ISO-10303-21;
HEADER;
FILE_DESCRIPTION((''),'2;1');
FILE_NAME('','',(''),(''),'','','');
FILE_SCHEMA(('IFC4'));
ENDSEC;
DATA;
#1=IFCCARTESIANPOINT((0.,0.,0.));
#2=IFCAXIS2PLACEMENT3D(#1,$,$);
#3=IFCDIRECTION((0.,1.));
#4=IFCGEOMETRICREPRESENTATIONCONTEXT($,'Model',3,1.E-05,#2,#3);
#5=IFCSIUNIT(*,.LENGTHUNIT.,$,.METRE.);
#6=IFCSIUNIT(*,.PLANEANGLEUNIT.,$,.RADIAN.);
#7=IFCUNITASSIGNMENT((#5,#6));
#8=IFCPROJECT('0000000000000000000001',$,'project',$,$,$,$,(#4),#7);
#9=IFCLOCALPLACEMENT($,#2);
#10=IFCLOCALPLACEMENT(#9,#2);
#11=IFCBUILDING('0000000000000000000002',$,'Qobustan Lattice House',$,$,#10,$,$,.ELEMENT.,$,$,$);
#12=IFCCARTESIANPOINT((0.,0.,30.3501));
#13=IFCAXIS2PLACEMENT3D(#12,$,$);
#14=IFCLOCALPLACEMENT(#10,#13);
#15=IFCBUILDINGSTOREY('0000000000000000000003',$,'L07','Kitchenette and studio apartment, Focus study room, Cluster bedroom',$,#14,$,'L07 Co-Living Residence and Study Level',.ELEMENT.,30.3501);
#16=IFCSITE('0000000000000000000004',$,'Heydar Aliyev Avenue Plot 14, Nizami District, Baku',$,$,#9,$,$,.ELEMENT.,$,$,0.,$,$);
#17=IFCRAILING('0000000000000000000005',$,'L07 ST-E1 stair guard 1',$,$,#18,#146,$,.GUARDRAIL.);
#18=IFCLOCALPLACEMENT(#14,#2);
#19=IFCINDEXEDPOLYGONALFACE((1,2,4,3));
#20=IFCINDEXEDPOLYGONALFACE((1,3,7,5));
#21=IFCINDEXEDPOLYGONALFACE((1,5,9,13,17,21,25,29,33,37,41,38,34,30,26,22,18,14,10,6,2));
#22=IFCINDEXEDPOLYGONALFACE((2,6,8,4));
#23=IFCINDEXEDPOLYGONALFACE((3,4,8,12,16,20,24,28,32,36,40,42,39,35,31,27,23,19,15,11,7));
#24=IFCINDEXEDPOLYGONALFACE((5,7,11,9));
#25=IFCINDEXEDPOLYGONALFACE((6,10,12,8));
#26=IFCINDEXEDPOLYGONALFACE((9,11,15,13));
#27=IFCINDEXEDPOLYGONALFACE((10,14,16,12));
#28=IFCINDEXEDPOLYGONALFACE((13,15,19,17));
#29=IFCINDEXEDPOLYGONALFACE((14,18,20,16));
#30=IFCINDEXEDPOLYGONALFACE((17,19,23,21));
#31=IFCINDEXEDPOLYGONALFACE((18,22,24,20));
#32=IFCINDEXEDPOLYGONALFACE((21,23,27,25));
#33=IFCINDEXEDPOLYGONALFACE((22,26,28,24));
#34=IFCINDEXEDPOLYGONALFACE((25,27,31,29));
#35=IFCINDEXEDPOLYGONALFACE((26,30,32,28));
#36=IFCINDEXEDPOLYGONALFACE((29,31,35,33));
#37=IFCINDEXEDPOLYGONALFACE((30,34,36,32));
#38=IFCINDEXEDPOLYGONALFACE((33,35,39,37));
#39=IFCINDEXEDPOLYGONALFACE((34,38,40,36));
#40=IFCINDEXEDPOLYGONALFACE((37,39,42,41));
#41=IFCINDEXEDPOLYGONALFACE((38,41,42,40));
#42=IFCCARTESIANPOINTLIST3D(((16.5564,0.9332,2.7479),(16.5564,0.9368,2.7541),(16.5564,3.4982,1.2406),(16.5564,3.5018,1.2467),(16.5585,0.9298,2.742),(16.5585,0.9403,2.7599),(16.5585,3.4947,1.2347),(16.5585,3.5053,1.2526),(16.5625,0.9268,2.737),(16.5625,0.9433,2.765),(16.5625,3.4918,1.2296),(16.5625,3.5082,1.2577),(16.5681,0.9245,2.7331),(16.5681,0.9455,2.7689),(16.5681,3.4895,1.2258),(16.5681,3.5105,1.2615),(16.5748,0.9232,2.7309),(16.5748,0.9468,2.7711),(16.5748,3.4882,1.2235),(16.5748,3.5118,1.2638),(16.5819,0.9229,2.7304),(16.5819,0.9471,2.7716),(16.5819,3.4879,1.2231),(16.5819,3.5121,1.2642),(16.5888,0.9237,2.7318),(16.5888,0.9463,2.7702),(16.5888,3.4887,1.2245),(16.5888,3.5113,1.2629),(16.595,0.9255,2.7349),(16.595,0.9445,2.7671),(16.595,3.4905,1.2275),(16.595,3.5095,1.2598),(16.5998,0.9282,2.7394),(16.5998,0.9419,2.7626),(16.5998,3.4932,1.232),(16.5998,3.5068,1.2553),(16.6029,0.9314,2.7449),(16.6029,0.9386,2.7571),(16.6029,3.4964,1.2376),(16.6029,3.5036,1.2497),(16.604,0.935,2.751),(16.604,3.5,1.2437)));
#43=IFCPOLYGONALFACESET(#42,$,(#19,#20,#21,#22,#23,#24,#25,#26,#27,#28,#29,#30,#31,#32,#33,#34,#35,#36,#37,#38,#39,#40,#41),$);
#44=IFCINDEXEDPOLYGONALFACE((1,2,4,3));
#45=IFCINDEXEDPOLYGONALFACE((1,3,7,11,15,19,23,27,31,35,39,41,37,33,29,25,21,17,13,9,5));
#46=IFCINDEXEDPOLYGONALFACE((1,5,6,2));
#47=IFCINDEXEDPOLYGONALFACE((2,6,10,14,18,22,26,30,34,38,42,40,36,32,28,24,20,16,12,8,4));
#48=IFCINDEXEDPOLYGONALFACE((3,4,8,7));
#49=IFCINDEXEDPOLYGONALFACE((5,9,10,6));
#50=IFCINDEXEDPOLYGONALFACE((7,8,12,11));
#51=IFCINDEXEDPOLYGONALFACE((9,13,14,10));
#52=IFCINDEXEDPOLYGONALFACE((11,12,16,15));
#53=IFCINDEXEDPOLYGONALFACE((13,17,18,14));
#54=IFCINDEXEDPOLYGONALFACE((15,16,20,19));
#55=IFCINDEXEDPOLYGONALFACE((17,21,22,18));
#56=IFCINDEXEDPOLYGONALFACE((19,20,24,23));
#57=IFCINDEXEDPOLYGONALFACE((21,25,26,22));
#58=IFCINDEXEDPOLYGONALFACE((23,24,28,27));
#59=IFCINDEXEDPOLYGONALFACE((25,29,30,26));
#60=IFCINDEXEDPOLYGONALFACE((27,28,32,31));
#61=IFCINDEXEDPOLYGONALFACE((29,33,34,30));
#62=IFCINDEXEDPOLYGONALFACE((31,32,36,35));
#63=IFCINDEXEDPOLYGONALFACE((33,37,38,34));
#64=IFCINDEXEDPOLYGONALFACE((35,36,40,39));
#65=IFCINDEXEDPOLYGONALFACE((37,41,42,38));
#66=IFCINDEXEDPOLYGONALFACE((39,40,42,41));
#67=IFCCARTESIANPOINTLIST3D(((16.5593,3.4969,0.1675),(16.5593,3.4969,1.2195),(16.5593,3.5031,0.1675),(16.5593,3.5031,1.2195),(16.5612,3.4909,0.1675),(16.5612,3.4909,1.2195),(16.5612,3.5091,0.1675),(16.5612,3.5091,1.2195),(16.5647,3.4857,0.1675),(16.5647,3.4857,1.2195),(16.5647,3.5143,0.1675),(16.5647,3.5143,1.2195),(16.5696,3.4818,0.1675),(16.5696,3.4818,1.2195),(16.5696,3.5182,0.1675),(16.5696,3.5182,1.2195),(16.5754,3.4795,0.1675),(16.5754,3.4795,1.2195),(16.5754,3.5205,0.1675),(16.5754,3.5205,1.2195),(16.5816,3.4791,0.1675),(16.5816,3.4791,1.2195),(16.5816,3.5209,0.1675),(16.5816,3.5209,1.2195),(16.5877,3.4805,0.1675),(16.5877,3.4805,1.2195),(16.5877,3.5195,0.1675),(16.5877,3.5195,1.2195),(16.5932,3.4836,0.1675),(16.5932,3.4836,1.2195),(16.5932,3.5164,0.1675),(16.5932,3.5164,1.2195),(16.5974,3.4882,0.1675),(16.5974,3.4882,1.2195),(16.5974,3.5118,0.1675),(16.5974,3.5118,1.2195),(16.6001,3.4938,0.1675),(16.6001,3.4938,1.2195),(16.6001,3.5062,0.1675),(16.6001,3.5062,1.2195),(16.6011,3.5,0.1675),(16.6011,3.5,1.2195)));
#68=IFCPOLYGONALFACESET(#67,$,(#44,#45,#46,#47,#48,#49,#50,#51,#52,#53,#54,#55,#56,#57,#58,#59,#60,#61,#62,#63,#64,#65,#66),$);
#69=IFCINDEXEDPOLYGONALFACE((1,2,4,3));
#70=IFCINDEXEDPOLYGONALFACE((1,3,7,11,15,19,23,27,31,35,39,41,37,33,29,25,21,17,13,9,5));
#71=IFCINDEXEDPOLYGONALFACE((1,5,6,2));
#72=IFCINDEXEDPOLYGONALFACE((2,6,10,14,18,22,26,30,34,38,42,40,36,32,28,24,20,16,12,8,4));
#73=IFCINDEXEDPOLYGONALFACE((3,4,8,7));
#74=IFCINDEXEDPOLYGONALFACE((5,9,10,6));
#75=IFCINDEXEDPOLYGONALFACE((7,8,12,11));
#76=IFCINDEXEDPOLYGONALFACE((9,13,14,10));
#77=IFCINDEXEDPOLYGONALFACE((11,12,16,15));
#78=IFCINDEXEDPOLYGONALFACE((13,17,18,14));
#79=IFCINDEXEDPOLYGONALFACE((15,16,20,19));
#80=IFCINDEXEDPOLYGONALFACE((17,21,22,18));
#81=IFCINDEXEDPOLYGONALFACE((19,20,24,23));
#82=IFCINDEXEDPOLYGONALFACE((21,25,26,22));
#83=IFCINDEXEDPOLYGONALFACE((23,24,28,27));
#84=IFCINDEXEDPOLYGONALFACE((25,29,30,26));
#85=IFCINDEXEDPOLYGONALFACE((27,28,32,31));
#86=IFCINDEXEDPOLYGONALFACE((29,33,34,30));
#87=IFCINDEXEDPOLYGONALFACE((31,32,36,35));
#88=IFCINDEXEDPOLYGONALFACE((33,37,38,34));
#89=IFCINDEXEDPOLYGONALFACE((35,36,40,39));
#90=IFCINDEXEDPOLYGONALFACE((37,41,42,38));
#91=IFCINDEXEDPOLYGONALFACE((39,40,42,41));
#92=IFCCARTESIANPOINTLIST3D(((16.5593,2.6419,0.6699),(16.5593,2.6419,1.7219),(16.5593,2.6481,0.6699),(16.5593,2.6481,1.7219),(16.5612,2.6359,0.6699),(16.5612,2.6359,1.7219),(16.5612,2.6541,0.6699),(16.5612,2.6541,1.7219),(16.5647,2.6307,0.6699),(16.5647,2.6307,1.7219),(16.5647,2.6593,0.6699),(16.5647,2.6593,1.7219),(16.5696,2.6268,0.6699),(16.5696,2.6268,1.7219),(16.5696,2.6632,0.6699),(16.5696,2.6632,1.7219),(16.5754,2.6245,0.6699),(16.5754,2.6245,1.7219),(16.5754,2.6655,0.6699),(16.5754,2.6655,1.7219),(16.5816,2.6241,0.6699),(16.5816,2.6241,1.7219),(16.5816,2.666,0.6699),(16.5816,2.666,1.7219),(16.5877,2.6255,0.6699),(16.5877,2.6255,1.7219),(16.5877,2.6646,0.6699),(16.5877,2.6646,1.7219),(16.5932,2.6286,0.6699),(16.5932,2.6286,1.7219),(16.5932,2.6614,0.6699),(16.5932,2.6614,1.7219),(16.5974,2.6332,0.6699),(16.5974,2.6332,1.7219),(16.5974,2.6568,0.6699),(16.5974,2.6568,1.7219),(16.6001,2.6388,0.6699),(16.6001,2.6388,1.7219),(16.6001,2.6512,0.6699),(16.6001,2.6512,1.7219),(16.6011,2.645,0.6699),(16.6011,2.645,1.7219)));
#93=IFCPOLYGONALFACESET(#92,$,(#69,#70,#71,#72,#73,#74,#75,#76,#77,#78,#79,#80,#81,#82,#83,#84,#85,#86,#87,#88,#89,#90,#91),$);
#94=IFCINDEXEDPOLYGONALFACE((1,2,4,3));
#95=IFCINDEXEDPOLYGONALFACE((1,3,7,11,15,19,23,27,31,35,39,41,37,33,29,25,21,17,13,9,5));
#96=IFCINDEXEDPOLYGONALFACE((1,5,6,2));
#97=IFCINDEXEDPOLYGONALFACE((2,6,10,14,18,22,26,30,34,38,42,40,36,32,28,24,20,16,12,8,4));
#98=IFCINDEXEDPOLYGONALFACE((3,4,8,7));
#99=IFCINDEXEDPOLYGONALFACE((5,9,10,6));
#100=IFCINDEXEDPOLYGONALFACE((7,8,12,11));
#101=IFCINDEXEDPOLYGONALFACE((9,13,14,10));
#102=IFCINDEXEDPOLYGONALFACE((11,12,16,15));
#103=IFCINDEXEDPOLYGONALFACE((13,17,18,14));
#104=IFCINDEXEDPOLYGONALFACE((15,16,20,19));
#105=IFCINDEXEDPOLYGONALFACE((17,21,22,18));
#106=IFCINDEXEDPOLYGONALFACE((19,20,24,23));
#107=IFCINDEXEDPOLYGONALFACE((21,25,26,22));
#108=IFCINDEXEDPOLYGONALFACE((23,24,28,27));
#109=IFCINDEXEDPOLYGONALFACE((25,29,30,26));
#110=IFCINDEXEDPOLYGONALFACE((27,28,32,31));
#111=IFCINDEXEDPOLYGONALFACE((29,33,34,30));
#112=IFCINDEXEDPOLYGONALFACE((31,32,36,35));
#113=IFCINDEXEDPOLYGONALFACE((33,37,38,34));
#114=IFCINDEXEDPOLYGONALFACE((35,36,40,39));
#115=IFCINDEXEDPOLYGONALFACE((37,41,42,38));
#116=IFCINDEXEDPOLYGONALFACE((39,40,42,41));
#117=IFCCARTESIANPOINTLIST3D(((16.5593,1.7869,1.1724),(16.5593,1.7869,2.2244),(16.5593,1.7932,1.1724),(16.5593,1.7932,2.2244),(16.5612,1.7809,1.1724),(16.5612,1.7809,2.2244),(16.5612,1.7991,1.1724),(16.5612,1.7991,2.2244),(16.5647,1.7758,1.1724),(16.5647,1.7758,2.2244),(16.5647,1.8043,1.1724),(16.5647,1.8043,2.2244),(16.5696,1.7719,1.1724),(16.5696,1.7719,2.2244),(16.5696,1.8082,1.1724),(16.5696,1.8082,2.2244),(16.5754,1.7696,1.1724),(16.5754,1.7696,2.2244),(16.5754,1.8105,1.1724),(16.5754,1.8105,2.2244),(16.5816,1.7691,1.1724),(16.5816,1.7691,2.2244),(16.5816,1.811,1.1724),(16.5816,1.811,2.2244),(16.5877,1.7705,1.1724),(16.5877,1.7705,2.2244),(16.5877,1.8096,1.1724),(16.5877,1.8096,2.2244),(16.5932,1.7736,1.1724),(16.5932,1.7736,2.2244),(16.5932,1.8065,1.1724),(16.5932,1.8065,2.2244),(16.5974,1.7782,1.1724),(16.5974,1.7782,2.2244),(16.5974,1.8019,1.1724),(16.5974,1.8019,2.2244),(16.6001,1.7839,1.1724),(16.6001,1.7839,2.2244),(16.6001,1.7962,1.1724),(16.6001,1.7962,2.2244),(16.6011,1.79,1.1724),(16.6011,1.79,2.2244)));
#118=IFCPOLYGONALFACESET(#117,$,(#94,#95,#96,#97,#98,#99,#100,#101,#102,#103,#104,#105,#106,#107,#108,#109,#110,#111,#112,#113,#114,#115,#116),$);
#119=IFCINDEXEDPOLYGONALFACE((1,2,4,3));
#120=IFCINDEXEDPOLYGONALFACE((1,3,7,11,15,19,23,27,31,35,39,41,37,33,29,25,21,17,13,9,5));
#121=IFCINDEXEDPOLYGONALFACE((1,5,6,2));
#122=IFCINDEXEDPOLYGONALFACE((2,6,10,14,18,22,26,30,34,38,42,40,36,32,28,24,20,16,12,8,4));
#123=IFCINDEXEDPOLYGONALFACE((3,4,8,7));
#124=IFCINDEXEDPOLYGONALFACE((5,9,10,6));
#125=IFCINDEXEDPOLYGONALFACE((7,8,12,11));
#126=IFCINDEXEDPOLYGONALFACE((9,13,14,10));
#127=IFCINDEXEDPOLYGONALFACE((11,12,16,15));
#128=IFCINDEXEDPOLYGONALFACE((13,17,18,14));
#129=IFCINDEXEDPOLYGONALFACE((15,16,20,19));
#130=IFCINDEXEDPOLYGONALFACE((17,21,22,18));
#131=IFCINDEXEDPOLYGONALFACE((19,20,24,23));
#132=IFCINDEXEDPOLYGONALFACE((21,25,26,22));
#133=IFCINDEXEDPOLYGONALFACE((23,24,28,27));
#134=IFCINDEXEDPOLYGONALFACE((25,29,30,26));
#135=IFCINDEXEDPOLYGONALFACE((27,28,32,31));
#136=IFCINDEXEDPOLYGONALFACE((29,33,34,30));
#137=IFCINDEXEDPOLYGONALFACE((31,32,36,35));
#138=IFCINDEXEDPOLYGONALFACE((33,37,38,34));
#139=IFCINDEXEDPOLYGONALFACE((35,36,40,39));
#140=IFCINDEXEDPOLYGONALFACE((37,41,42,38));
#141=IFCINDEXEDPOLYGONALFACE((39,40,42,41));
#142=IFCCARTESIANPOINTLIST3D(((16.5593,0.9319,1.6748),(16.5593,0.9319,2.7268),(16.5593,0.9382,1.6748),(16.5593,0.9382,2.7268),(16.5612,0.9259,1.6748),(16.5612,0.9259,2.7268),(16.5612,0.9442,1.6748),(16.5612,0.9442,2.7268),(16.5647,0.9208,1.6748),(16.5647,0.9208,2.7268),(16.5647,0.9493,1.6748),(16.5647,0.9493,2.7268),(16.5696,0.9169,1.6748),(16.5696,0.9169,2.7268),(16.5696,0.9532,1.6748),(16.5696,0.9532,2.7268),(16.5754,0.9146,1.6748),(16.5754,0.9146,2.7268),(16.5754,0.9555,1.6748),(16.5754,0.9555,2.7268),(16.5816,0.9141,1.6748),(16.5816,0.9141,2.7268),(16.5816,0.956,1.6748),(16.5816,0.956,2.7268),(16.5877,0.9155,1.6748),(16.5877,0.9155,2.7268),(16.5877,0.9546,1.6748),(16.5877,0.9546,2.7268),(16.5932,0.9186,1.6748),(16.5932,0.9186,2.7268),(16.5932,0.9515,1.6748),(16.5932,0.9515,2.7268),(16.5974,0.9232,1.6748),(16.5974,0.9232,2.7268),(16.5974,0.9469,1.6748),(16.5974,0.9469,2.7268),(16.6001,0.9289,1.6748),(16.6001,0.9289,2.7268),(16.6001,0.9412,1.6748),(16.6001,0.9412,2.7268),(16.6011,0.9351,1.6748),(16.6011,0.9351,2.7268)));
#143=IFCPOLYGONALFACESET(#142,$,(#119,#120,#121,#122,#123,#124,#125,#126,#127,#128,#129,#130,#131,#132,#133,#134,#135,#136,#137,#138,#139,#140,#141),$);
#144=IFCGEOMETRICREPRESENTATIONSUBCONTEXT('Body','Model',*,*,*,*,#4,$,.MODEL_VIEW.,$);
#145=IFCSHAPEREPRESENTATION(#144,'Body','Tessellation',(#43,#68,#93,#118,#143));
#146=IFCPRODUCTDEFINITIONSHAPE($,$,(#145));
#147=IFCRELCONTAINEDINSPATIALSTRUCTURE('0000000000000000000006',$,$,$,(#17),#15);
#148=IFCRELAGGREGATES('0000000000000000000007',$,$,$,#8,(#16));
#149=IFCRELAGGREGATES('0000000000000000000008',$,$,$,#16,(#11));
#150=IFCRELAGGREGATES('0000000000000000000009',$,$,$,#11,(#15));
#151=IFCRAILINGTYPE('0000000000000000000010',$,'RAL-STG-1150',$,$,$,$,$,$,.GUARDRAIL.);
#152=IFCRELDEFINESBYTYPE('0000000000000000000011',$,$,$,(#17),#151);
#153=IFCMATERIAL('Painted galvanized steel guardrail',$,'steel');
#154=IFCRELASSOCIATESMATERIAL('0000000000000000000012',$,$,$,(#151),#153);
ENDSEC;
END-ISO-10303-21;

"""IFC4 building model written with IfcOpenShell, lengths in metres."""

from ifc_helpers import new_model, si_unit, direction, frame, origin, origin_2d, place, context, subcontext, project, spatial, circle, extrude, material, type_object, element, save


model = new_model("IFC4")

# Units and contexts
model_context = context("Model", 3, precision=1e-05, world=origin(), true_north=direction((0.0, 1.0)))
body_context = subcontext(model_context, "Body", "Model", "MODEL_VIEW")
ifc_project = project(units=[si_unit("LENGTHUNIT", "METRE"), si_unit("PLANEANGLEUNIT", "RADIAN")], contexts=[model_context])

# Site, building, storey
site_placement = place(None, origin())
site = spatial("IfcSite", under=ifc_project, at=site_placement, Name="Heydar Aliyev Avenue Plot 14, Nizami District, Baku", CompositionType="ELEMENT", RefElevation=0.0)
building_placement = place(site_placement, origin())
building = spatial("IfcBuilding", under=site, at=building_placement, Name="Qobustan Lattice House", CompositionType="ELEMENT")
storey_placement = place(building_placement, frame((0.0, 0.0, 30.3501)))
storey = spatial("IfcBuildingStorey", under=building, at=storey_placement, Name="L07", Description="Kitchenette and studio apartment, Focus study room, Cluster bedroom", LongName="L07 Co-Living Residence and Study Level", CompositionType="ELEMENT", Elevation=30.3501)

# Railing
ifc_material_1 = material(Name="Painted galvanized steel guardrail", Category="steel")
railing_type_1 = type_object("IfcRailingType", Name="RAL-STG-1150", PredefinedType="GUARDRAIL", material=ifc_material_1)
railing_1_placement = place(storey_placement, frame((16.5801, 3.5, 0.1675)))
element("IfcRailing", 1, at=railing_1_placement, inside=storey, type_object=railing_type_1, Name="L07 ST-E1 stair guard 1", PredefinedType="GUARDRAIL", context=body_context, shape_type="SweptSolid", body=[
    extrude(circle(Radius=0.0239, at=origin_2d()), frame((0.0, 0.0, 1.0762), z_axis=(0.0, -0.862149, 0.506654), x_axis=(1.0, 0.0, 0.0)), (0.0, 0.0, 1.0), 2.9751),
    extrude(circle(Radius=0.021, at=origin_2d()), origin(), (0.0, 0.0, 1.0), 1.052),
    extrude(circle(Radius=0.021, at=origin_2d()), frame((0.0, -0.855, 0.5024)), (0.0, 0.0, 1.0), 1.052),
    extrude(circle(Radius=0.021, at=origin_2d()), frame((0.0, -1.71, 1.0049)), (0.0, 0.0, 1.0), 1.052),
    extrude(circle(Radius=0.021, at=origin_2d()), frame((0.0, -2.5649, 1.5073)), (0.0, 0.0, 1.0), 1.052),
])

save(model, "model.ifc")
